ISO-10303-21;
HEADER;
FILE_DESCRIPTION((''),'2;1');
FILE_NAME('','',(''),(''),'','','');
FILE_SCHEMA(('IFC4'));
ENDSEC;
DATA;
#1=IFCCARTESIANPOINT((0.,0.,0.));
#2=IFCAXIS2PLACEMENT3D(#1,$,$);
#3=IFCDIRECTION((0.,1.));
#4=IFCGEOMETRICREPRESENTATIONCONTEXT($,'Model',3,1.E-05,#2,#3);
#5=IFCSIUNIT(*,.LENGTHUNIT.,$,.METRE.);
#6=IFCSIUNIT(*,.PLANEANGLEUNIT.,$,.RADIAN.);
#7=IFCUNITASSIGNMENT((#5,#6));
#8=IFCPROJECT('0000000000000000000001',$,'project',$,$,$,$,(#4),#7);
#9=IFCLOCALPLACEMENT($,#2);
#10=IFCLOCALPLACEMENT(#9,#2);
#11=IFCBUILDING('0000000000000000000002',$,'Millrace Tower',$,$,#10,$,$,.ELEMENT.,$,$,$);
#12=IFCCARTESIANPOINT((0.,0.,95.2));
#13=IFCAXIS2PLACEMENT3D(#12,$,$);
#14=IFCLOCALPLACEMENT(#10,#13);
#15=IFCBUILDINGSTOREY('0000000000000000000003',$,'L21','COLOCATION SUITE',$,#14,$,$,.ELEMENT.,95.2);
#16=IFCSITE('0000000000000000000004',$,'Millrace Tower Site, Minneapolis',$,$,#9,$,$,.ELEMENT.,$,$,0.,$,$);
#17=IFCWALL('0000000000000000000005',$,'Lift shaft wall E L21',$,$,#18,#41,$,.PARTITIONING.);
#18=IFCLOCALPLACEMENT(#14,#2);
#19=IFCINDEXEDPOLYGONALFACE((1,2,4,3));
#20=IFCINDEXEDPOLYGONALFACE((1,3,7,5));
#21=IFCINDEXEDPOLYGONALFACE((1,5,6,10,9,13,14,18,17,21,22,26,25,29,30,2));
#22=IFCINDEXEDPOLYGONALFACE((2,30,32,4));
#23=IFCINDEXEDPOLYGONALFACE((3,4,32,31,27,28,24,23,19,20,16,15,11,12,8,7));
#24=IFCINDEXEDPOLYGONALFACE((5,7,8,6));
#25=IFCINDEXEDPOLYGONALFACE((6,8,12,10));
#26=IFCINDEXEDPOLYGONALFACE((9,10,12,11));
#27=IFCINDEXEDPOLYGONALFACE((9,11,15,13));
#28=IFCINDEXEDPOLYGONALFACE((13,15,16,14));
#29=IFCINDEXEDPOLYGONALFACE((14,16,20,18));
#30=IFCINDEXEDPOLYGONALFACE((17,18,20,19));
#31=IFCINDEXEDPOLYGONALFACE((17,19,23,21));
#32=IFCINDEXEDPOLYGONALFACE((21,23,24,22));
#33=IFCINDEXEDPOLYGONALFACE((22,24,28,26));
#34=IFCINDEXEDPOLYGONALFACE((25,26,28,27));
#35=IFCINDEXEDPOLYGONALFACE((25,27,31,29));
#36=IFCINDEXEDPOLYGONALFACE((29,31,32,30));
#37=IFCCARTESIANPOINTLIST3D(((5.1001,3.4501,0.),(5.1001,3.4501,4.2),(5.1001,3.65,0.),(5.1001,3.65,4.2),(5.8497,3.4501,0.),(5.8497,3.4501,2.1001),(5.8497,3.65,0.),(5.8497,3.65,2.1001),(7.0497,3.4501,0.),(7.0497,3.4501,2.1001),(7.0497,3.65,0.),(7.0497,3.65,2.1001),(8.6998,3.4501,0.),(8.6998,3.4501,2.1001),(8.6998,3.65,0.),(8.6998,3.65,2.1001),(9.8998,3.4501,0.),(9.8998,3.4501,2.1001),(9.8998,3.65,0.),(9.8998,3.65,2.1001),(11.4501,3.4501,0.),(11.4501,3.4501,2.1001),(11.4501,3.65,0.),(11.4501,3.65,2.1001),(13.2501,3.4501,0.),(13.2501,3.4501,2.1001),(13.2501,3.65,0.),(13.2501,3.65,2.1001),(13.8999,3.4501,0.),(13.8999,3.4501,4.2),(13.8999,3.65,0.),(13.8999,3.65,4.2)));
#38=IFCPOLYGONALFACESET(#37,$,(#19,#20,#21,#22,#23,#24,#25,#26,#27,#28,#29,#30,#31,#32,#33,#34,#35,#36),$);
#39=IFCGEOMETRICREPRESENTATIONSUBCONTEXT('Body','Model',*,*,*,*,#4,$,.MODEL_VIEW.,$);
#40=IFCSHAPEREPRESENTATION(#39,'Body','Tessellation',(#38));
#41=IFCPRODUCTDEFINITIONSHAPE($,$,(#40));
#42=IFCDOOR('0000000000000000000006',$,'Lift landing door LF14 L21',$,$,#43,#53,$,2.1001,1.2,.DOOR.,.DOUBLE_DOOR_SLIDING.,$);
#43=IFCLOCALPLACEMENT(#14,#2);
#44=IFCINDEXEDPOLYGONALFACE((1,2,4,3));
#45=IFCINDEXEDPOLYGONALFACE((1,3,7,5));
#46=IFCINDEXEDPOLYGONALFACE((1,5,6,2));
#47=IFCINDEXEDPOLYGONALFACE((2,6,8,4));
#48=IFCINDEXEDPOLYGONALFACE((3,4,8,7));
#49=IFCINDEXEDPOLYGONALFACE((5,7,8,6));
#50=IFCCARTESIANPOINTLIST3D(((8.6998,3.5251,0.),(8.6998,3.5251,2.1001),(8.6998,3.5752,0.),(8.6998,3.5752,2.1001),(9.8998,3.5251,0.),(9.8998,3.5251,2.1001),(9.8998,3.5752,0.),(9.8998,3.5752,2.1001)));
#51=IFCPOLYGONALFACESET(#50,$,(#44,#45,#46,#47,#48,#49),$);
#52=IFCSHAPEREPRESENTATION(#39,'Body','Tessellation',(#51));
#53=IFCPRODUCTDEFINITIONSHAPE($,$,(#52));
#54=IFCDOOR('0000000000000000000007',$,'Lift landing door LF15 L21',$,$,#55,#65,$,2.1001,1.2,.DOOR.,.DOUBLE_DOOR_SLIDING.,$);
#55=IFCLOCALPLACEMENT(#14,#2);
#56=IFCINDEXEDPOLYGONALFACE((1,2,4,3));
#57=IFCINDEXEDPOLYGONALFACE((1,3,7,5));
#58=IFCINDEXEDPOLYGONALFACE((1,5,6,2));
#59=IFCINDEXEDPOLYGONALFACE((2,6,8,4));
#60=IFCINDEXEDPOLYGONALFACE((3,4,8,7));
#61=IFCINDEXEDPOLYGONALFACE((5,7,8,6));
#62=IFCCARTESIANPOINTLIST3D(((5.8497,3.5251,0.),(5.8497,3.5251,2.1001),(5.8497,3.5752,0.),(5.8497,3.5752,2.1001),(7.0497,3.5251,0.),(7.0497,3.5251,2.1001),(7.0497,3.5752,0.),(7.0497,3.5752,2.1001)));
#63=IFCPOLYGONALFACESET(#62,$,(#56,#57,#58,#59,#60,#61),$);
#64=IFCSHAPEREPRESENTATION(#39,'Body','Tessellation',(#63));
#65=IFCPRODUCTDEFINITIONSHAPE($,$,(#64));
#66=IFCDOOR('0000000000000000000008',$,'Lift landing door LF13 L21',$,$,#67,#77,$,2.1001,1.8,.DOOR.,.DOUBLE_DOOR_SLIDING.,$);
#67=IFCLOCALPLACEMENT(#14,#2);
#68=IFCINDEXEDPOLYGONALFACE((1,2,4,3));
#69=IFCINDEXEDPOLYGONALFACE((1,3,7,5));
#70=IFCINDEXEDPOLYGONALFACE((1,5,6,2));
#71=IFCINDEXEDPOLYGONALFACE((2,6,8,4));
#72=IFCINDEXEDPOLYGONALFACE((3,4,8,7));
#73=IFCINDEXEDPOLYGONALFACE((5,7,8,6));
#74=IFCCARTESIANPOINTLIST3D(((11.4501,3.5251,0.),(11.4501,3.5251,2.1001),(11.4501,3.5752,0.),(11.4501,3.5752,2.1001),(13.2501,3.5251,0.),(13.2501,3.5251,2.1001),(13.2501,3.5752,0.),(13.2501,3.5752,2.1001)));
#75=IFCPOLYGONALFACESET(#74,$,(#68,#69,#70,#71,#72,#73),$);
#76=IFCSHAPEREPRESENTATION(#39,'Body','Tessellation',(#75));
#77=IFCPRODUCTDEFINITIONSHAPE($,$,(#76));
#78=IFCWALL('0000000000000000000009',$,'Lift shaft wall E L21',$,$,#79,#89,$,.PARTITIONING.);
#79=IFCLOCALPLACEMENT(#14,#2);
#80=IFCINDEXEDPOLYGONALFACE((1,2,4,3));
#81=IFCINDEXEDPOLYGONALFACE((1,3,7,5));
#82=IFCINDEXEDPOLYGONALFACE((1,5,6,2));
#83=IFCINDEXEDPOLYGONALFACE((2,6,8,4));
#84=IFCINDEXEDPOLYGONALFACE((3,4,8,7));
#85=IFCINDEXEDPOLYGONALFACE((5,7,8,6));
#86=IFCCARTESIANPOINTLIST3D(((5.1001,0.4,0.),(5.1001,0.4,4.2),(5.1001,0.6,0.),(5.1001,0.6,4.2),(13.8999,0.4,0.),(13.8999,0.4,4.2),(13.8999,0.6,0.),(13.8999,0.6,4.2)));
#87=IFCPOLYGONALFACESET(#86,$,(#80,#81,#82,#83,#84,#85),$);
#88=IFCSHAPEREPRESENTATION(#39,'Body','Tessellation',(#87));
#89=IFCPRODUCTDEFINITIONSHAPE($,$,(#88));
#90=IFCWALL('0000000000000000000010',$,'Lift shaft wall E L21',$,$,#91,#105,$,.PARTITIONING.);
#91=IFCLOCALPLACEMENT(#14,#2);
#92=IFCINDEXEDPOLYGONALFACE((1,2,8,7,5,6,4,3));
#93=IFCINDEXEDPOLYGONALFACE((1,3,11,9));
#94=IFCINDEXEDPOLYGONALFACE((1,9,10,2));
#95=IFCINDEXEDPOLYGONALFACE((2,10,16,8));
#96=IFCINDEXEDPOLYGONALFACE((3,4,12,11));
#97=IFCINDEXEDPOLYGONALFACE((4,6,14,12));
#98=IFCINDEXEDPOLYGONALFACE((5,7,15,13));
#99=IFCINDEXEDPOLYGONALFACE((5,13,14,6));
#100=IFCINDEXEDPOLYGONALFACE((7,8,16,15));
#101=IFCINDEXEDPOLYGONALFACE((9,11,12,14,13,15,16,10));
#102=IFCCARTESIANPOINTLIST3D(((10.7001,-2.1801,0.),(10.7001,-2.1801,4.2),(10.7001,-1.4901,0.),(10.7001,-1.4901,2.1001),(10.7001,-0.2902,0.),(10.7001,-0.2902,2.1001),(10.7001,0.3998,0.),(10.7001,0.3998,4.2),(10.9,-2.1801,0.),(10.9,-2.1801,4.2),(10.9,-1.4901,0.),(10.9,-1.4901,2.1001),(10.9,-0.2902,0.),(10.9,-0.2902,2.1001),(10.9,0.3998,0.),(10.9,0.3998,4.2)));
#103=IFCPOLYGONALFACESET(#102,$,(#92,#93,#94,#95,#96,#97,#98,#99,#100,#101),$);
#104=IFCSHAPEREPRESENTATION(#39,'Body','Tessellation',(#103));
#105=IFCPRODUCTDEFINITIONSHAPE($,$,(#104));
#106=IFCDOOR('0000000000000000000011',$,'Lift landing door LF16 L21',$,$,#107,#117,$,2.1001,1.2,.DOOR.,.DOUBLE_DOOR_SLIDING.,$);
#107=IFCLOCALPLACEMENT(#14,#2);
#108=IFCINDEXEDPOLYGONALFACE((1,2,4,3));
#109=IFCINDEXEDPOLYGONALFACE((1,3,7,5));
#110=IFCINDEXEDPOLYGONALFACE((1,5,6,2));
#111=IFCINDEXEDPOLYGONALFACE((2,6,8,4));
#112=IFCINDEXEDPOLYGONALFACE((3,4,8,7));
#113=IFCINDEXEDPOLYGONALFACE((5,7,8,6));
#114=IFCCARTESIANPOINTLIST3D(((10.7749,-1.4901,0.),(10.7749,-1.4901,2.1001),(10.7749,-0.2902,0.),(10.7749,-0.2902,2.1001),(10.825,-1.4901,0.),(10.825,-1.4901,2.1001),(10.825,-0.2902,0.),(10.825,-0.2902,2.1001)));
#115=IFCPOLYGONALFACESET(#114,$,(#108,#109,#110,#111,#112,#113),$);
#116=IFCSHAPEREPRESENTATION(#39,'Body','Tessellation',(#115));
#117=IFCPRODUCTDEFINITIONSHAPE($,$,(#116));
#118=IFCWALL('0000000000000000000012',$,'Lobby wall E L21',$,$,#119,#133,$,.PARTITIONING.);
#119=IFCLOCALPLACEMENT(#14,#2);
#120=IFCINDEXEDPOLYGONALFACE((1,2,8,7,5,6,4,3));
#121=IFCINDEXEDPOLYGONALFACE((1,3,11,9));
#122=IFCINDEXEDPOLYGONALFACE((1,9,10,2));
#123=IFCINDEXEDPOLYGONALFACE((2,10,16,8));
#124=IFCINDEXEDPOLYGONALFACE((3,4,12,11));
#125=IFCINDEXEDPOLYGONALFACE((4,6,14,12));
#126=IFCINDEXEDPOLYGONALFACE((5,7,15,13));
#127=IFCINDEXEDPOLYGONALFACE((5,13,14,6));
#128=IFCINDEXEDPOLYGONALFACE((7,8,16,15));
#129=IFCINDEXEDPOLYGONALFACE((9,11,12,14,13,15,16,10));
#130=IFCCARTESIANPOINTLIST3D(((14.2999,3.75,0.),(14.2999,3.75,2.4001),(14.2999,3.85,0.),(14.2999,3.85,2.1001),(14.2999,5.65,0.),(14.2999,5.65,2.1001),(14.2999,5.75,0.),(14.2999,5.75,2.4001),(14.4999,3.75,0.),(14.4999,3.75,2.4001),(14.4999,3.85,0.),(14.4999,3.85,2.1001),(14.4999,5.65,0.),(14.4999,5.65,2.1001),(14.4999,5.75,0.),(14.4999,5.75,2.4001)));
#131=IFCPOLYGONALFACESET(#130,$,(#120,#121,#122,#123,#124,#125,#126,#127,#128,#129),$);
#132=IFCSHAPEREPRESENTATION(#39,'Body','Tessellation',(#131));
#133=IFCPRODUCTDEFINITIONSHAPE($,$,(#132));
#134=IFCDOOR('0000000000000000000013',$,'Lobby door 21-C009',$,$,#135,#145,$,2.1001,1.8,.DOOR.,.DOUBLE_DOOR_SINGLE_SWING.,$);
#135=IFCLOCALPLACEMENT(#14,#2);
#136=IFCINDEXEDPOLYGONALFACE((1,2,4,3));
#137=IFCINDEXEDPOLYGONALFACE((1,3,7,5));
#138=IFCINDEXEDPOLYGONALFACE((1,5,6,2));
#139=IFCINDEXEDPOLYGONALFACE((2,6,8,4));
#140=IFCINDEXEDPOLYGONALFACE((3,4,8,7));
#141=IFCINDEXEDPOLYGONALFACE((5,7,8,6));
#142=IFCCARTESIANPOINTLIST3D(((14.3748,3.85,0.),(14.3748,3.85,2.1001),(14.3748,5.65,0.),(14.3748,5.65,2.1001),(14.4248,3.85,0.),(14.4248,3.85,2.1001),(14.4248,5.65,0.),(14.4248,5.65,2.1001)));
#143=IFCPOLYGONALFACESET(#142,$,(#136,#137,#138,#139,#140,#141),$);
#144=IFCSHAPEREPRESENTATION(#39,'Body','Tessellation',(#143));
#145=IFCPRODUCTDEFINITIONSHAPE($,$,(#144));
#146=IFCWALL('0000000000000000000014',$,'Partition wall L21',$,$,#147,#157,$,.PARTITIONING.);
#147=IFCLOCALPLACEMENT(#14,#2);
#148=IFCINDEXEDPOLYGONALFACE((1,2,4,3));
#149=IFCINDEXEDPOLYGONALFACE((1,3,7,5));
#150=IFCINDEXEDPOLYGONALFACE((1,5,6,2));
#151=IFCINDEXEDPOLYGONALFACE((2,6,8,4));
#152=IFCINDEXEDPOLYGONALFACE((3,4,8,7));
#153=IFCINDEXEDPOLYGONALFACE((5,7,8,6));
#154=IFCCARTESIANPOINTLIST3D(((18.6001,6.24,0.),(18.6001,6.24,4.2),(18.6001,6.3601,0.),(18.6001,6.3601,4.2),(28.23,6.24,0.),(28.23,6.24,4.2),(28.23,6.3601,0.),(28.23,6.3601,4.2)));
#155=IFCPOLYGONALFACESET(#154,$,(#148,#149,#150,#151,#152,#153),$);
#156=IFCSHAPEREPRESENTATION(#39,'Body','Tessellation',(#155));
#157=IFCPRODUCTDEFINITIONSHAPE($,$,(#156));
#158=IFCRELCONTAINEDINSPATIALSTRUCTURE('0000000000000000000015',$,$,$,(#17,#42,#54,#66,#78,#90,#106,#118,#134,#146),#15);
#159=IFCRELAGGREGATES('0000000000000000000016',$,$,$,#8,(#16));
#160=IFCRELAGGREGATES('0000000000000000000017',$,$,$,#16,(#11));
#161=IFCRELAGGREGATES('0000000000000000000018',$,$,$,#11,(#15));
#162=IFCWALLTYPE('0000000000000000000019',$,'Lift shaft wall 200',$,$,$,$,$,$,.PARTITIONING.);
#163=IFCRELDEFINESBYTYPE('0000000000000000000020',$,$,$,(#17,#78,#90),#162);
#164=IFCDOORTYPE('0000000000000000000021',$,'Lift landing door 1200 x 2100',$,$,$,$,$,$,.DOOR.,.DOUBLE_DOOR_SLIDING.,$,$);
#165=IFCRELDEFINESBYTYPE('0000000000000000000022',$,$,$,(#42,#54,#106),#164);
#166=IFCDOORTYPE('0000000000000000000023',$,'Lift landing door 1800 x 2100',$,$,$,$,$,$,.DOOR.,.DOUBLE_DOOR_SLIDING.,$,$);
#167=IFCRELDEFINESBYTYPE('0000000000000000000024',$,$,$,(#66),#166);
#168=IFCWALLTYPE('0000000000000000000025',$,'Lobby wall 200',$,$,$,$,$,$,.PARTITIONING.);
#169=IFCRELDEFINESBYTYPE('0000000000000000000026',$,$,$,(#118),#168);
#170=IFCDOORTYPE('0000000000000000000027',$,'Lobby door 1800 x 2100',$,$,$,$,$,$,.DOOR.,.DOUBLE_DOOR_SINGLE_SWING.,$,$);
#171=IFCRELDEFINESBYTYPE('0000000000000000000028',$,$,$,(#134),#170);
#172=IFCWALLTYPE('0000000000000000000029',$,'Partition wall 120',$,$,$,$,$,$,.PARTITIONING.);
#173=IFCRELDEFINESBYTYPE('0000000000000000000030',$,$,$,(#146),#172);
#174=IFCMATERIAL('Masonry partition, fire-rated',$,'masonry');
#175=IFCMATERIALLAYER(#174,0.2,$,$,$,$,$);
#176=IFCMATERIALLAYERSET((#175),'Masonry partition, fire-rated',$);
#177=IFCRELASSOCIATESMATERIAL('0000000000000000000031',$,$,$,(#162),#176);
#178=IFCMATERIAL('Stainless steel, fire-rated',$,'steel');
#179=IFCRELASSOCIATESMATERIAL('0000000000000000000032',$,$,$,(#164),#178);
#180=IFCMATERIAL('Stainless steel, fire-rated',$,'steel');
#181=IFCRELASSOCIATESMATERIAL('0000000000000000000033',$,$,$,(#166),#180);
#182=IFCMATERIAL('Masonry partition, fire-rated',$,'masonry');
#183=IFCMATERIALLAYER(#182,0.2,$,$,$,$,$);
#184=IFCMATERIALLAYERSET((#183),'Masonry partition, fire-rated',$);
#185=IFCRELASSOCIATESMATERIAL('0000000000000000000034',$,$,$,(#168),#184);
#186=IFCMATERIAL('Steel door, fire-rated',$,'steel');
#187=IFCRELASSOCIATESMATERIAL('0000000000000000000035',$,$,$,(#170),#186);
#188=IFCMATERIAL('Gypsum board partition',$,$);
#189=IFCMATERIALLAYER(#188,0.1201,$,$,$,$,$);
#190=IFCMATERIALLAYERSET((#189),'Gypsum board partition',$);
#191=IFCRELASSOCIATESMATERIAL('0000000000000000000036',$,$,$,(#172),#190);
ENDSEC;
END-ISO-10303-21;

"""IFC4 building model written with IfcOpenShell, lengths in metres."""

from ifc_helpers import new_model, si_unit, direction, frame, frame_2d, origin, place, context, subcontext, project, spatial, rectangle, extrude, material, layer, layer_set, type_object, element, fill, save


model = new_model("IFC4")

# Units and contexts
model_context = context("Model", 3, precision=1e-05, world=origin(), true_north=direction((0.0, 1.0)))
body_context = subcontext(model_context, "Body", "Model", "MODEL_VIEW")
ifc_project = project(units=[si_unit("LENGTHUNIT", "METRE"), si_unit("PLANEANGLEUNIT", "RADIAN")], contexts=[model_context])

# Site, building, storey
site_placement = place(None, origin())
site = spatial("IfcSite", under=ifc_project, at=site_placement, Name="Millrace Tower Site, Minneapolis", CompositionType="ELEMENT", RefElevation=0.0)
building_placement = place(site_placement, origin())
building = spatial("IfcBuilding", under=site, at=building_placement, Name="Millrace Tower", CompositionType="ELEMENT")
storey_placement = place(building_placement, frame((0.0, 0.0, 95.2)))
storey = spatial("IfcBuildingStorey", under=building, at=storey_placement, Name="L21", Description="COLOCATION SUITE", CompositionType="ELEMENT", Elevation=95.2)

# Shared definitions
ifc_material_1 = material(Name="Masonry partition, fire-rated", Category="masonry")
ifc_layer_1 = layer(ifc_material_1, 0.2)
ifc_layer_set_1 = layer_set([ifc_layer_1], Name="Masonry partition, fire-rated")
wall_type_1 = type_object("IfcWallType", Name="Lift shaft wall 200", PredefinedType="PARTITIONING", material=ifc_layer_set_1)

# Wall, openings, doors
wall_1_placement = place(storey_placement, frame((13.8999, 3.55, 0.0), z_axis=(0.0, 0.0, 1.0), x_axis=(-1.0, 0.0, 0.0)))
wall_1 = element("IfcWall", 1, at=wall_1_placement, inside=storey, type_object=wall_type_1, Name="Lift shaft wall E L21", PredefinedType="PARTITIONING", context=body_context, shape_type="SweptSolid", body=[
    extrude(rectangle(XDim=8.7998, YDim=0.2, at=frame_2d((4.3999, 0.0))), origin(), (0.0, 0.0, 1.0), 4.2),
])
opening_1_placement = place(wall_1_placement, frame((0.6499, 0.0, 0.0)))
opening_1 = element("IfcOpeningElement", 2, at=opening_1_placement, cuts=wall_1, PredefinedType="OPENING", context=body_context, shape_type="SweptSolid", body=[
    extrude(rectangle(XDim=1.8, YDim=2.1001, at=frame_2d((0.8999, 1.05))), frame((0.0, 0.1099, 0.0), z_axis=(0.0, -1.0, 0.0), x_axis=(1.0, 0.0, 0.0)), (0.0, 0.0, 1.0), 0.22),
])
opening_2_placement = place(wall_1_placement, frame((4.0, 0.0, 0.0)))
opening_2 = element("IfcOpeningElement", 3, at=opening_2_placement, cuts=wall_1, PredefinedType="OPENING", context=body_context, shape_type="SweptSolid", body=[
    extrude(rectangle(XDim=1.2, YDim=2.1001, at=frame_2d((0.6001, 1.05))), frame((0.0, 0.1099, 0.0), z_axis=(0.0, -1.0, 0.0), x_axis=(1.0, 0.0, 0.0)), (0.0, 0.0, 1.0), 0.22),
])
opening_3_placement = place(wall_1_placement, frame((6.8501, 0.0, 0.0)))
opening_3 = element("IfcOpeningElement", 4, at=opening_3_placement, cuts=wall_1, PredefinedType="OPENING", context=body_context, shape_type="SweptSolid", body=[
    extrude(rectangle(XDim=1.2, YDim=2.1001, at=frame_2d((0.6001, 1.05))), frame((0.0, 0.1099, 0.0), z_axis=(0.0, -1.0, 0.0), x_axis=(1.0, 0.0, 0.0)), (0.0, 0.0, 1.0), 0.22),
])
ifc_material_2 = material(Name="Stainless steel, fire-rated", Category="steel")
door_type_1 = type_object("IfcDoorType", Name="Lift landing door 1200 x 2100", OperationType="DOUBLE_DOOR_SLIDING", PredefinedType="DOOR", material=ifc_material_2)
door_1_placement = place(opening_2_placement, origin())
door_1 = element("IfcDoor", 5, at=door_1_placement, inside=storey, type_object=door_type_1, Name="Lift landing door LF14 L21", OperationType="DOUBLE_DOOR_SLIDING", OverallHeight=2.1001, OverallWidth=1.2, PredefinedType="DOOR", context=body_context, shape_type="SweptSolid", body=[
    extrude(rectangle(XDim=1.2, YDim=2.1001, at=frame_2d((0.6001, 1.05))), frame((0.0, 0.0249, 0.0), z_axis=(0.0, -1.0, 0.0), x_axis=(1.0, 0.0, 0.0)), (0.0, 0.0, 1.0), 0.05),
])
fill(opening_2, door_1)
door_2_placement = place(opening_3_placement, origin())
door_2 = element("IfcDoor", 6, at=door_2_placement, inside=storey, type_object=door_type_1, Name="Lift landing door LF15 L21", OperationType="DOUBLE_DOOR_SLIDING", OverallHeight=2.1001, OverallWidth=1.2, PredefinedType="DOOR", context=body_context, shape_type="SweptSolid", body=[
    extrude(rectangle(XDim=1.2, YDim=2.1001, at=frame_2d((0.6001, 1.05))), frame((0.0, 0.0249, 0.0), z_axis=(0.0, -1.0, 0.0), x_axis=(1.0, 0.0, 0.0)), (0.0, 0.0, 1.0), 0.05),
])
fill(opening_3, door_2)
ifc_material_3 = material(Name="Stainless steel, fire-rated", Category="steel")
door_type_2 = type_object("IfcDoorType", Name="Lift landing door 1800 x 2100", OperationType="DOUBLE_DOOR_SLIDING", PredefinedType="DOOR", material=ifc_material_3)
door_3_placement = place(opening_1_placement, origin())
door_3 = element("IfcDoor", 7, at=door_3_placement, inside=storey, type_object=door_type_2, Name="Lift landing door LF13 L21", OperationType="DOUBLE_DOOR_SLIDING", OverallHeight=2.1001, OverallWidth=1.8, PredefinedType="DOOR", context=body_context, shape_type="SweptSolid", body=[
    extrude(rectangle(XDim=1.8, YDim=2.1001, at=frame_2d((0.8999, 1.05))), frame((0.0, 0.0249, 0.0), z_axis=(0.0, -1.0, 0.0), x_axis=(1.0, 0.0, 0.0)), (0.0, 0.0, 1.0), 0.05),
])
fill(opening_1, door_3)

# Wall
wall_2_placement = place(storey_placement, frame((13.8999, 0.5, 0.0), z_axis=(0.0, 0.0, 1.0), x_axis=(-1.0, 0.0, 0.0)))
element("IfcWall", 8, at=wall_2_placement, inside=storey, type_object=wall_type_1, Name="Lift shaft wall E L21", PredefinedType="PARTITIONING", context=body_context, shape_type="SweptSolid", body=[
    extrude(rectangle(XDim=8.7998, YDim=0.2, at=frame_2d((4.3999, 0.0))), origin(), (0.0, 0.0, 1.0), 4.2),
])

# Walls, openings, doors
wall_3_placement = place(storey_placement, frame((10.8, 0.3999, 0.0), z_axis=(0.0, 0.0, 1.0), x_axis=(0.0, -1.0, 0.0)))
wall_3 = element("IfcWall", 9, at=wall_3_placement, inside=storey, type_object=wall_type_1, Name="Lift shaft wall E L21", PredefinedType="PARTITIONING", context=body_context, shape_type="SweptSolid", body=[
    extrude(rectangle(XDim=2.5798, YDim=0.2, at=frame_2d((1.29, 0.0))), origin(), (0.0, 0.0, 1.0), 4.2),
])
opening_4_placement = place(wall_3_placement, frame((0.6899, 0.0, 0.0)))
opening_4 = element("IfcOpeningElement", 10, at=opening_4_placement, cuts=wall_3, PredefinedType="OPENING", context=body_context, shape_type="SweptSolid", body=[
    extrude(rectangle(XDim=1.2, YDim=2.1001, at=frame_2d((0.6001, 1.05))), frame((0.0, 0.1099, 0.0), z_axis=(0.0, -1.0, 0.0), x_axis=(1.0, 0.0, 0.0)), (0.0, 0.0, 1.0), 0.22),
])
door_4_placement = place(opening_4_placement, origin())
door_4 = element("IfcDoor", 11, at=door_4_placement, inside=storey, type_object=door_type_1, Name="Lift landing door LF16 L21", OperationType="DOUBLE_DOOR_SLIDING", OverallHeight=2.1001, OverallWidth=1.2, PredefinedType="DOOR", context=body_context, shape_type="SweptSolid", body=[
    extrude(rectangle(XDim=1.2, YDim=2.1001, at=frame_2d((0.6001, 1.05))), frame((0.0, 0.0249, 0.0), z_axis=(0.0, -1.0, 0.0), x_axis=(1.0, 0.0, 0.0)), (0.0, 0.0, 1.0), 0.05),
])
fill(opening_4, door_4)
ifc_material_4 = material(Name="Masonry partition, fire-rated", Category="masonry")
ifc_layer_2 = layer(ifc_material_4, 0.2)
ifc_layer_set_2 = layer_set([ifc_layer_2], Name="Masonry partition, fire-rated")
wall_type_2 = type_object("IfcWallType", Name="Lobby wall 200", PredefinedType="PARTITIONING", material=ifc_layer_set_2)
wall_4_placement = place(storey_placement, frame((14.3999, 5.75, 0.0), z_axis=(0.0, 0.0, 1.0), x_axis=(0.0, -1.0, 0.0)))
wall_4 = element("IfcWall", 12, at=wall_4_placement, inside=storey, type_object=wall_type_2, Name="Lobby wall E L21", PredefinedType="PARTITIONING", context=body_context, shape_type="SweptSolid", body=[
    extrude(rectangle(XDim=2.0, YDim=0.2, at=frame_2d((1.0, 0.0))), origin(), (0.0, 0.0, 1.0), 2.4001),
])
opening_5_placement = place(wall_4_placement, frame((0.1001, 0.0, 0.0)))
opening_5 = element("IfcOpeningElement", 13, at=opening_5_placement, cuts=wall_4, PredefinedType="OPENING", context=body_context, shape_type="SweptSolid", body=[
    extrude(rectangle(XDim=1.8, YDim=2.1001, at=frame_2d((0.8999, 1.05))), frame((0.0, 0.1099, 0.0), z_axis=(0.0, -1.0, 0.0), x_axis=(1.0, 0.0, 0.0)), (0.0, 0.0, 1.0), 0.22),
])
ifc_material_5 = material(Name="Steel door, fire-rated", Category="steel")
door_type_3 = type_object("IfcDoorType", Name="Lobby door 1800 x 2100", OperationType="DOUBLE_DOOR_SINGLE_SWING", PredefinedType="DOOR", material=ifc_material_5)
door_5_placement = place(opening_5_placement, origin())
door_5 = element("IfcDoor", 14, at=door_5_placement, inside=storey, type_object=door_type_3, Name="Lobby door 21-C009", OperationType="DOUBLE_DOOR_SINGLE_SWING", OverallHeight=2.1001, OverallWidth=1.8, PredefinedType="DOOR", context=body_context, shape_type="SweptSolid", body=[
    extrude(rectangle(XDim=1.8, YDim=2.1001, at=frame_2d((0.8999, 1.05))), frame((0.0, 0.0249, 0.0), z_axis=(0.0, -1.0, 0.0), x_axis=(1.0, 0.0, 0.0)), (0.0, 0.0, 1.0), 0.05),
])
fill(opening_5, door_5)

# Wall
ifc_material_6 = material(Name="Gypsum board partition")
ifc_layer_3 = layer(ifc_material_6, 0.1201)
ifc_layer_set_3 = layer_set([ifc_layer_3], Name="Gypsum board partition")
wall_type_3 = type_object("IfcWallType", Name="Partition wall 120", PredefinedType="PARTITIONING", material=ifc_layer_set_3)
wall_5_placement = place(storey_placement, frame((18.6001, 6.3, 0.0), z_axis=(0.0, 0.0, 1.0), x_axis=(1.0, 0.0, 0.0)))
element("IfcWall", 15, at=wall_5_placement, inside=storey, type_object=wall_type_3, Name="Partition wall L21", PredefinedType="PARTITIONING", context=body_context, shape_type="SweptSolid", body=[
    extrude(rectangle(XDim=9.6299, YDim=0.1201, at=frame_2d((4.8149, 0.0))), origin(), (0.0, 0.0, 1.0), 4.2),
])

save(model, "model.ifc")
